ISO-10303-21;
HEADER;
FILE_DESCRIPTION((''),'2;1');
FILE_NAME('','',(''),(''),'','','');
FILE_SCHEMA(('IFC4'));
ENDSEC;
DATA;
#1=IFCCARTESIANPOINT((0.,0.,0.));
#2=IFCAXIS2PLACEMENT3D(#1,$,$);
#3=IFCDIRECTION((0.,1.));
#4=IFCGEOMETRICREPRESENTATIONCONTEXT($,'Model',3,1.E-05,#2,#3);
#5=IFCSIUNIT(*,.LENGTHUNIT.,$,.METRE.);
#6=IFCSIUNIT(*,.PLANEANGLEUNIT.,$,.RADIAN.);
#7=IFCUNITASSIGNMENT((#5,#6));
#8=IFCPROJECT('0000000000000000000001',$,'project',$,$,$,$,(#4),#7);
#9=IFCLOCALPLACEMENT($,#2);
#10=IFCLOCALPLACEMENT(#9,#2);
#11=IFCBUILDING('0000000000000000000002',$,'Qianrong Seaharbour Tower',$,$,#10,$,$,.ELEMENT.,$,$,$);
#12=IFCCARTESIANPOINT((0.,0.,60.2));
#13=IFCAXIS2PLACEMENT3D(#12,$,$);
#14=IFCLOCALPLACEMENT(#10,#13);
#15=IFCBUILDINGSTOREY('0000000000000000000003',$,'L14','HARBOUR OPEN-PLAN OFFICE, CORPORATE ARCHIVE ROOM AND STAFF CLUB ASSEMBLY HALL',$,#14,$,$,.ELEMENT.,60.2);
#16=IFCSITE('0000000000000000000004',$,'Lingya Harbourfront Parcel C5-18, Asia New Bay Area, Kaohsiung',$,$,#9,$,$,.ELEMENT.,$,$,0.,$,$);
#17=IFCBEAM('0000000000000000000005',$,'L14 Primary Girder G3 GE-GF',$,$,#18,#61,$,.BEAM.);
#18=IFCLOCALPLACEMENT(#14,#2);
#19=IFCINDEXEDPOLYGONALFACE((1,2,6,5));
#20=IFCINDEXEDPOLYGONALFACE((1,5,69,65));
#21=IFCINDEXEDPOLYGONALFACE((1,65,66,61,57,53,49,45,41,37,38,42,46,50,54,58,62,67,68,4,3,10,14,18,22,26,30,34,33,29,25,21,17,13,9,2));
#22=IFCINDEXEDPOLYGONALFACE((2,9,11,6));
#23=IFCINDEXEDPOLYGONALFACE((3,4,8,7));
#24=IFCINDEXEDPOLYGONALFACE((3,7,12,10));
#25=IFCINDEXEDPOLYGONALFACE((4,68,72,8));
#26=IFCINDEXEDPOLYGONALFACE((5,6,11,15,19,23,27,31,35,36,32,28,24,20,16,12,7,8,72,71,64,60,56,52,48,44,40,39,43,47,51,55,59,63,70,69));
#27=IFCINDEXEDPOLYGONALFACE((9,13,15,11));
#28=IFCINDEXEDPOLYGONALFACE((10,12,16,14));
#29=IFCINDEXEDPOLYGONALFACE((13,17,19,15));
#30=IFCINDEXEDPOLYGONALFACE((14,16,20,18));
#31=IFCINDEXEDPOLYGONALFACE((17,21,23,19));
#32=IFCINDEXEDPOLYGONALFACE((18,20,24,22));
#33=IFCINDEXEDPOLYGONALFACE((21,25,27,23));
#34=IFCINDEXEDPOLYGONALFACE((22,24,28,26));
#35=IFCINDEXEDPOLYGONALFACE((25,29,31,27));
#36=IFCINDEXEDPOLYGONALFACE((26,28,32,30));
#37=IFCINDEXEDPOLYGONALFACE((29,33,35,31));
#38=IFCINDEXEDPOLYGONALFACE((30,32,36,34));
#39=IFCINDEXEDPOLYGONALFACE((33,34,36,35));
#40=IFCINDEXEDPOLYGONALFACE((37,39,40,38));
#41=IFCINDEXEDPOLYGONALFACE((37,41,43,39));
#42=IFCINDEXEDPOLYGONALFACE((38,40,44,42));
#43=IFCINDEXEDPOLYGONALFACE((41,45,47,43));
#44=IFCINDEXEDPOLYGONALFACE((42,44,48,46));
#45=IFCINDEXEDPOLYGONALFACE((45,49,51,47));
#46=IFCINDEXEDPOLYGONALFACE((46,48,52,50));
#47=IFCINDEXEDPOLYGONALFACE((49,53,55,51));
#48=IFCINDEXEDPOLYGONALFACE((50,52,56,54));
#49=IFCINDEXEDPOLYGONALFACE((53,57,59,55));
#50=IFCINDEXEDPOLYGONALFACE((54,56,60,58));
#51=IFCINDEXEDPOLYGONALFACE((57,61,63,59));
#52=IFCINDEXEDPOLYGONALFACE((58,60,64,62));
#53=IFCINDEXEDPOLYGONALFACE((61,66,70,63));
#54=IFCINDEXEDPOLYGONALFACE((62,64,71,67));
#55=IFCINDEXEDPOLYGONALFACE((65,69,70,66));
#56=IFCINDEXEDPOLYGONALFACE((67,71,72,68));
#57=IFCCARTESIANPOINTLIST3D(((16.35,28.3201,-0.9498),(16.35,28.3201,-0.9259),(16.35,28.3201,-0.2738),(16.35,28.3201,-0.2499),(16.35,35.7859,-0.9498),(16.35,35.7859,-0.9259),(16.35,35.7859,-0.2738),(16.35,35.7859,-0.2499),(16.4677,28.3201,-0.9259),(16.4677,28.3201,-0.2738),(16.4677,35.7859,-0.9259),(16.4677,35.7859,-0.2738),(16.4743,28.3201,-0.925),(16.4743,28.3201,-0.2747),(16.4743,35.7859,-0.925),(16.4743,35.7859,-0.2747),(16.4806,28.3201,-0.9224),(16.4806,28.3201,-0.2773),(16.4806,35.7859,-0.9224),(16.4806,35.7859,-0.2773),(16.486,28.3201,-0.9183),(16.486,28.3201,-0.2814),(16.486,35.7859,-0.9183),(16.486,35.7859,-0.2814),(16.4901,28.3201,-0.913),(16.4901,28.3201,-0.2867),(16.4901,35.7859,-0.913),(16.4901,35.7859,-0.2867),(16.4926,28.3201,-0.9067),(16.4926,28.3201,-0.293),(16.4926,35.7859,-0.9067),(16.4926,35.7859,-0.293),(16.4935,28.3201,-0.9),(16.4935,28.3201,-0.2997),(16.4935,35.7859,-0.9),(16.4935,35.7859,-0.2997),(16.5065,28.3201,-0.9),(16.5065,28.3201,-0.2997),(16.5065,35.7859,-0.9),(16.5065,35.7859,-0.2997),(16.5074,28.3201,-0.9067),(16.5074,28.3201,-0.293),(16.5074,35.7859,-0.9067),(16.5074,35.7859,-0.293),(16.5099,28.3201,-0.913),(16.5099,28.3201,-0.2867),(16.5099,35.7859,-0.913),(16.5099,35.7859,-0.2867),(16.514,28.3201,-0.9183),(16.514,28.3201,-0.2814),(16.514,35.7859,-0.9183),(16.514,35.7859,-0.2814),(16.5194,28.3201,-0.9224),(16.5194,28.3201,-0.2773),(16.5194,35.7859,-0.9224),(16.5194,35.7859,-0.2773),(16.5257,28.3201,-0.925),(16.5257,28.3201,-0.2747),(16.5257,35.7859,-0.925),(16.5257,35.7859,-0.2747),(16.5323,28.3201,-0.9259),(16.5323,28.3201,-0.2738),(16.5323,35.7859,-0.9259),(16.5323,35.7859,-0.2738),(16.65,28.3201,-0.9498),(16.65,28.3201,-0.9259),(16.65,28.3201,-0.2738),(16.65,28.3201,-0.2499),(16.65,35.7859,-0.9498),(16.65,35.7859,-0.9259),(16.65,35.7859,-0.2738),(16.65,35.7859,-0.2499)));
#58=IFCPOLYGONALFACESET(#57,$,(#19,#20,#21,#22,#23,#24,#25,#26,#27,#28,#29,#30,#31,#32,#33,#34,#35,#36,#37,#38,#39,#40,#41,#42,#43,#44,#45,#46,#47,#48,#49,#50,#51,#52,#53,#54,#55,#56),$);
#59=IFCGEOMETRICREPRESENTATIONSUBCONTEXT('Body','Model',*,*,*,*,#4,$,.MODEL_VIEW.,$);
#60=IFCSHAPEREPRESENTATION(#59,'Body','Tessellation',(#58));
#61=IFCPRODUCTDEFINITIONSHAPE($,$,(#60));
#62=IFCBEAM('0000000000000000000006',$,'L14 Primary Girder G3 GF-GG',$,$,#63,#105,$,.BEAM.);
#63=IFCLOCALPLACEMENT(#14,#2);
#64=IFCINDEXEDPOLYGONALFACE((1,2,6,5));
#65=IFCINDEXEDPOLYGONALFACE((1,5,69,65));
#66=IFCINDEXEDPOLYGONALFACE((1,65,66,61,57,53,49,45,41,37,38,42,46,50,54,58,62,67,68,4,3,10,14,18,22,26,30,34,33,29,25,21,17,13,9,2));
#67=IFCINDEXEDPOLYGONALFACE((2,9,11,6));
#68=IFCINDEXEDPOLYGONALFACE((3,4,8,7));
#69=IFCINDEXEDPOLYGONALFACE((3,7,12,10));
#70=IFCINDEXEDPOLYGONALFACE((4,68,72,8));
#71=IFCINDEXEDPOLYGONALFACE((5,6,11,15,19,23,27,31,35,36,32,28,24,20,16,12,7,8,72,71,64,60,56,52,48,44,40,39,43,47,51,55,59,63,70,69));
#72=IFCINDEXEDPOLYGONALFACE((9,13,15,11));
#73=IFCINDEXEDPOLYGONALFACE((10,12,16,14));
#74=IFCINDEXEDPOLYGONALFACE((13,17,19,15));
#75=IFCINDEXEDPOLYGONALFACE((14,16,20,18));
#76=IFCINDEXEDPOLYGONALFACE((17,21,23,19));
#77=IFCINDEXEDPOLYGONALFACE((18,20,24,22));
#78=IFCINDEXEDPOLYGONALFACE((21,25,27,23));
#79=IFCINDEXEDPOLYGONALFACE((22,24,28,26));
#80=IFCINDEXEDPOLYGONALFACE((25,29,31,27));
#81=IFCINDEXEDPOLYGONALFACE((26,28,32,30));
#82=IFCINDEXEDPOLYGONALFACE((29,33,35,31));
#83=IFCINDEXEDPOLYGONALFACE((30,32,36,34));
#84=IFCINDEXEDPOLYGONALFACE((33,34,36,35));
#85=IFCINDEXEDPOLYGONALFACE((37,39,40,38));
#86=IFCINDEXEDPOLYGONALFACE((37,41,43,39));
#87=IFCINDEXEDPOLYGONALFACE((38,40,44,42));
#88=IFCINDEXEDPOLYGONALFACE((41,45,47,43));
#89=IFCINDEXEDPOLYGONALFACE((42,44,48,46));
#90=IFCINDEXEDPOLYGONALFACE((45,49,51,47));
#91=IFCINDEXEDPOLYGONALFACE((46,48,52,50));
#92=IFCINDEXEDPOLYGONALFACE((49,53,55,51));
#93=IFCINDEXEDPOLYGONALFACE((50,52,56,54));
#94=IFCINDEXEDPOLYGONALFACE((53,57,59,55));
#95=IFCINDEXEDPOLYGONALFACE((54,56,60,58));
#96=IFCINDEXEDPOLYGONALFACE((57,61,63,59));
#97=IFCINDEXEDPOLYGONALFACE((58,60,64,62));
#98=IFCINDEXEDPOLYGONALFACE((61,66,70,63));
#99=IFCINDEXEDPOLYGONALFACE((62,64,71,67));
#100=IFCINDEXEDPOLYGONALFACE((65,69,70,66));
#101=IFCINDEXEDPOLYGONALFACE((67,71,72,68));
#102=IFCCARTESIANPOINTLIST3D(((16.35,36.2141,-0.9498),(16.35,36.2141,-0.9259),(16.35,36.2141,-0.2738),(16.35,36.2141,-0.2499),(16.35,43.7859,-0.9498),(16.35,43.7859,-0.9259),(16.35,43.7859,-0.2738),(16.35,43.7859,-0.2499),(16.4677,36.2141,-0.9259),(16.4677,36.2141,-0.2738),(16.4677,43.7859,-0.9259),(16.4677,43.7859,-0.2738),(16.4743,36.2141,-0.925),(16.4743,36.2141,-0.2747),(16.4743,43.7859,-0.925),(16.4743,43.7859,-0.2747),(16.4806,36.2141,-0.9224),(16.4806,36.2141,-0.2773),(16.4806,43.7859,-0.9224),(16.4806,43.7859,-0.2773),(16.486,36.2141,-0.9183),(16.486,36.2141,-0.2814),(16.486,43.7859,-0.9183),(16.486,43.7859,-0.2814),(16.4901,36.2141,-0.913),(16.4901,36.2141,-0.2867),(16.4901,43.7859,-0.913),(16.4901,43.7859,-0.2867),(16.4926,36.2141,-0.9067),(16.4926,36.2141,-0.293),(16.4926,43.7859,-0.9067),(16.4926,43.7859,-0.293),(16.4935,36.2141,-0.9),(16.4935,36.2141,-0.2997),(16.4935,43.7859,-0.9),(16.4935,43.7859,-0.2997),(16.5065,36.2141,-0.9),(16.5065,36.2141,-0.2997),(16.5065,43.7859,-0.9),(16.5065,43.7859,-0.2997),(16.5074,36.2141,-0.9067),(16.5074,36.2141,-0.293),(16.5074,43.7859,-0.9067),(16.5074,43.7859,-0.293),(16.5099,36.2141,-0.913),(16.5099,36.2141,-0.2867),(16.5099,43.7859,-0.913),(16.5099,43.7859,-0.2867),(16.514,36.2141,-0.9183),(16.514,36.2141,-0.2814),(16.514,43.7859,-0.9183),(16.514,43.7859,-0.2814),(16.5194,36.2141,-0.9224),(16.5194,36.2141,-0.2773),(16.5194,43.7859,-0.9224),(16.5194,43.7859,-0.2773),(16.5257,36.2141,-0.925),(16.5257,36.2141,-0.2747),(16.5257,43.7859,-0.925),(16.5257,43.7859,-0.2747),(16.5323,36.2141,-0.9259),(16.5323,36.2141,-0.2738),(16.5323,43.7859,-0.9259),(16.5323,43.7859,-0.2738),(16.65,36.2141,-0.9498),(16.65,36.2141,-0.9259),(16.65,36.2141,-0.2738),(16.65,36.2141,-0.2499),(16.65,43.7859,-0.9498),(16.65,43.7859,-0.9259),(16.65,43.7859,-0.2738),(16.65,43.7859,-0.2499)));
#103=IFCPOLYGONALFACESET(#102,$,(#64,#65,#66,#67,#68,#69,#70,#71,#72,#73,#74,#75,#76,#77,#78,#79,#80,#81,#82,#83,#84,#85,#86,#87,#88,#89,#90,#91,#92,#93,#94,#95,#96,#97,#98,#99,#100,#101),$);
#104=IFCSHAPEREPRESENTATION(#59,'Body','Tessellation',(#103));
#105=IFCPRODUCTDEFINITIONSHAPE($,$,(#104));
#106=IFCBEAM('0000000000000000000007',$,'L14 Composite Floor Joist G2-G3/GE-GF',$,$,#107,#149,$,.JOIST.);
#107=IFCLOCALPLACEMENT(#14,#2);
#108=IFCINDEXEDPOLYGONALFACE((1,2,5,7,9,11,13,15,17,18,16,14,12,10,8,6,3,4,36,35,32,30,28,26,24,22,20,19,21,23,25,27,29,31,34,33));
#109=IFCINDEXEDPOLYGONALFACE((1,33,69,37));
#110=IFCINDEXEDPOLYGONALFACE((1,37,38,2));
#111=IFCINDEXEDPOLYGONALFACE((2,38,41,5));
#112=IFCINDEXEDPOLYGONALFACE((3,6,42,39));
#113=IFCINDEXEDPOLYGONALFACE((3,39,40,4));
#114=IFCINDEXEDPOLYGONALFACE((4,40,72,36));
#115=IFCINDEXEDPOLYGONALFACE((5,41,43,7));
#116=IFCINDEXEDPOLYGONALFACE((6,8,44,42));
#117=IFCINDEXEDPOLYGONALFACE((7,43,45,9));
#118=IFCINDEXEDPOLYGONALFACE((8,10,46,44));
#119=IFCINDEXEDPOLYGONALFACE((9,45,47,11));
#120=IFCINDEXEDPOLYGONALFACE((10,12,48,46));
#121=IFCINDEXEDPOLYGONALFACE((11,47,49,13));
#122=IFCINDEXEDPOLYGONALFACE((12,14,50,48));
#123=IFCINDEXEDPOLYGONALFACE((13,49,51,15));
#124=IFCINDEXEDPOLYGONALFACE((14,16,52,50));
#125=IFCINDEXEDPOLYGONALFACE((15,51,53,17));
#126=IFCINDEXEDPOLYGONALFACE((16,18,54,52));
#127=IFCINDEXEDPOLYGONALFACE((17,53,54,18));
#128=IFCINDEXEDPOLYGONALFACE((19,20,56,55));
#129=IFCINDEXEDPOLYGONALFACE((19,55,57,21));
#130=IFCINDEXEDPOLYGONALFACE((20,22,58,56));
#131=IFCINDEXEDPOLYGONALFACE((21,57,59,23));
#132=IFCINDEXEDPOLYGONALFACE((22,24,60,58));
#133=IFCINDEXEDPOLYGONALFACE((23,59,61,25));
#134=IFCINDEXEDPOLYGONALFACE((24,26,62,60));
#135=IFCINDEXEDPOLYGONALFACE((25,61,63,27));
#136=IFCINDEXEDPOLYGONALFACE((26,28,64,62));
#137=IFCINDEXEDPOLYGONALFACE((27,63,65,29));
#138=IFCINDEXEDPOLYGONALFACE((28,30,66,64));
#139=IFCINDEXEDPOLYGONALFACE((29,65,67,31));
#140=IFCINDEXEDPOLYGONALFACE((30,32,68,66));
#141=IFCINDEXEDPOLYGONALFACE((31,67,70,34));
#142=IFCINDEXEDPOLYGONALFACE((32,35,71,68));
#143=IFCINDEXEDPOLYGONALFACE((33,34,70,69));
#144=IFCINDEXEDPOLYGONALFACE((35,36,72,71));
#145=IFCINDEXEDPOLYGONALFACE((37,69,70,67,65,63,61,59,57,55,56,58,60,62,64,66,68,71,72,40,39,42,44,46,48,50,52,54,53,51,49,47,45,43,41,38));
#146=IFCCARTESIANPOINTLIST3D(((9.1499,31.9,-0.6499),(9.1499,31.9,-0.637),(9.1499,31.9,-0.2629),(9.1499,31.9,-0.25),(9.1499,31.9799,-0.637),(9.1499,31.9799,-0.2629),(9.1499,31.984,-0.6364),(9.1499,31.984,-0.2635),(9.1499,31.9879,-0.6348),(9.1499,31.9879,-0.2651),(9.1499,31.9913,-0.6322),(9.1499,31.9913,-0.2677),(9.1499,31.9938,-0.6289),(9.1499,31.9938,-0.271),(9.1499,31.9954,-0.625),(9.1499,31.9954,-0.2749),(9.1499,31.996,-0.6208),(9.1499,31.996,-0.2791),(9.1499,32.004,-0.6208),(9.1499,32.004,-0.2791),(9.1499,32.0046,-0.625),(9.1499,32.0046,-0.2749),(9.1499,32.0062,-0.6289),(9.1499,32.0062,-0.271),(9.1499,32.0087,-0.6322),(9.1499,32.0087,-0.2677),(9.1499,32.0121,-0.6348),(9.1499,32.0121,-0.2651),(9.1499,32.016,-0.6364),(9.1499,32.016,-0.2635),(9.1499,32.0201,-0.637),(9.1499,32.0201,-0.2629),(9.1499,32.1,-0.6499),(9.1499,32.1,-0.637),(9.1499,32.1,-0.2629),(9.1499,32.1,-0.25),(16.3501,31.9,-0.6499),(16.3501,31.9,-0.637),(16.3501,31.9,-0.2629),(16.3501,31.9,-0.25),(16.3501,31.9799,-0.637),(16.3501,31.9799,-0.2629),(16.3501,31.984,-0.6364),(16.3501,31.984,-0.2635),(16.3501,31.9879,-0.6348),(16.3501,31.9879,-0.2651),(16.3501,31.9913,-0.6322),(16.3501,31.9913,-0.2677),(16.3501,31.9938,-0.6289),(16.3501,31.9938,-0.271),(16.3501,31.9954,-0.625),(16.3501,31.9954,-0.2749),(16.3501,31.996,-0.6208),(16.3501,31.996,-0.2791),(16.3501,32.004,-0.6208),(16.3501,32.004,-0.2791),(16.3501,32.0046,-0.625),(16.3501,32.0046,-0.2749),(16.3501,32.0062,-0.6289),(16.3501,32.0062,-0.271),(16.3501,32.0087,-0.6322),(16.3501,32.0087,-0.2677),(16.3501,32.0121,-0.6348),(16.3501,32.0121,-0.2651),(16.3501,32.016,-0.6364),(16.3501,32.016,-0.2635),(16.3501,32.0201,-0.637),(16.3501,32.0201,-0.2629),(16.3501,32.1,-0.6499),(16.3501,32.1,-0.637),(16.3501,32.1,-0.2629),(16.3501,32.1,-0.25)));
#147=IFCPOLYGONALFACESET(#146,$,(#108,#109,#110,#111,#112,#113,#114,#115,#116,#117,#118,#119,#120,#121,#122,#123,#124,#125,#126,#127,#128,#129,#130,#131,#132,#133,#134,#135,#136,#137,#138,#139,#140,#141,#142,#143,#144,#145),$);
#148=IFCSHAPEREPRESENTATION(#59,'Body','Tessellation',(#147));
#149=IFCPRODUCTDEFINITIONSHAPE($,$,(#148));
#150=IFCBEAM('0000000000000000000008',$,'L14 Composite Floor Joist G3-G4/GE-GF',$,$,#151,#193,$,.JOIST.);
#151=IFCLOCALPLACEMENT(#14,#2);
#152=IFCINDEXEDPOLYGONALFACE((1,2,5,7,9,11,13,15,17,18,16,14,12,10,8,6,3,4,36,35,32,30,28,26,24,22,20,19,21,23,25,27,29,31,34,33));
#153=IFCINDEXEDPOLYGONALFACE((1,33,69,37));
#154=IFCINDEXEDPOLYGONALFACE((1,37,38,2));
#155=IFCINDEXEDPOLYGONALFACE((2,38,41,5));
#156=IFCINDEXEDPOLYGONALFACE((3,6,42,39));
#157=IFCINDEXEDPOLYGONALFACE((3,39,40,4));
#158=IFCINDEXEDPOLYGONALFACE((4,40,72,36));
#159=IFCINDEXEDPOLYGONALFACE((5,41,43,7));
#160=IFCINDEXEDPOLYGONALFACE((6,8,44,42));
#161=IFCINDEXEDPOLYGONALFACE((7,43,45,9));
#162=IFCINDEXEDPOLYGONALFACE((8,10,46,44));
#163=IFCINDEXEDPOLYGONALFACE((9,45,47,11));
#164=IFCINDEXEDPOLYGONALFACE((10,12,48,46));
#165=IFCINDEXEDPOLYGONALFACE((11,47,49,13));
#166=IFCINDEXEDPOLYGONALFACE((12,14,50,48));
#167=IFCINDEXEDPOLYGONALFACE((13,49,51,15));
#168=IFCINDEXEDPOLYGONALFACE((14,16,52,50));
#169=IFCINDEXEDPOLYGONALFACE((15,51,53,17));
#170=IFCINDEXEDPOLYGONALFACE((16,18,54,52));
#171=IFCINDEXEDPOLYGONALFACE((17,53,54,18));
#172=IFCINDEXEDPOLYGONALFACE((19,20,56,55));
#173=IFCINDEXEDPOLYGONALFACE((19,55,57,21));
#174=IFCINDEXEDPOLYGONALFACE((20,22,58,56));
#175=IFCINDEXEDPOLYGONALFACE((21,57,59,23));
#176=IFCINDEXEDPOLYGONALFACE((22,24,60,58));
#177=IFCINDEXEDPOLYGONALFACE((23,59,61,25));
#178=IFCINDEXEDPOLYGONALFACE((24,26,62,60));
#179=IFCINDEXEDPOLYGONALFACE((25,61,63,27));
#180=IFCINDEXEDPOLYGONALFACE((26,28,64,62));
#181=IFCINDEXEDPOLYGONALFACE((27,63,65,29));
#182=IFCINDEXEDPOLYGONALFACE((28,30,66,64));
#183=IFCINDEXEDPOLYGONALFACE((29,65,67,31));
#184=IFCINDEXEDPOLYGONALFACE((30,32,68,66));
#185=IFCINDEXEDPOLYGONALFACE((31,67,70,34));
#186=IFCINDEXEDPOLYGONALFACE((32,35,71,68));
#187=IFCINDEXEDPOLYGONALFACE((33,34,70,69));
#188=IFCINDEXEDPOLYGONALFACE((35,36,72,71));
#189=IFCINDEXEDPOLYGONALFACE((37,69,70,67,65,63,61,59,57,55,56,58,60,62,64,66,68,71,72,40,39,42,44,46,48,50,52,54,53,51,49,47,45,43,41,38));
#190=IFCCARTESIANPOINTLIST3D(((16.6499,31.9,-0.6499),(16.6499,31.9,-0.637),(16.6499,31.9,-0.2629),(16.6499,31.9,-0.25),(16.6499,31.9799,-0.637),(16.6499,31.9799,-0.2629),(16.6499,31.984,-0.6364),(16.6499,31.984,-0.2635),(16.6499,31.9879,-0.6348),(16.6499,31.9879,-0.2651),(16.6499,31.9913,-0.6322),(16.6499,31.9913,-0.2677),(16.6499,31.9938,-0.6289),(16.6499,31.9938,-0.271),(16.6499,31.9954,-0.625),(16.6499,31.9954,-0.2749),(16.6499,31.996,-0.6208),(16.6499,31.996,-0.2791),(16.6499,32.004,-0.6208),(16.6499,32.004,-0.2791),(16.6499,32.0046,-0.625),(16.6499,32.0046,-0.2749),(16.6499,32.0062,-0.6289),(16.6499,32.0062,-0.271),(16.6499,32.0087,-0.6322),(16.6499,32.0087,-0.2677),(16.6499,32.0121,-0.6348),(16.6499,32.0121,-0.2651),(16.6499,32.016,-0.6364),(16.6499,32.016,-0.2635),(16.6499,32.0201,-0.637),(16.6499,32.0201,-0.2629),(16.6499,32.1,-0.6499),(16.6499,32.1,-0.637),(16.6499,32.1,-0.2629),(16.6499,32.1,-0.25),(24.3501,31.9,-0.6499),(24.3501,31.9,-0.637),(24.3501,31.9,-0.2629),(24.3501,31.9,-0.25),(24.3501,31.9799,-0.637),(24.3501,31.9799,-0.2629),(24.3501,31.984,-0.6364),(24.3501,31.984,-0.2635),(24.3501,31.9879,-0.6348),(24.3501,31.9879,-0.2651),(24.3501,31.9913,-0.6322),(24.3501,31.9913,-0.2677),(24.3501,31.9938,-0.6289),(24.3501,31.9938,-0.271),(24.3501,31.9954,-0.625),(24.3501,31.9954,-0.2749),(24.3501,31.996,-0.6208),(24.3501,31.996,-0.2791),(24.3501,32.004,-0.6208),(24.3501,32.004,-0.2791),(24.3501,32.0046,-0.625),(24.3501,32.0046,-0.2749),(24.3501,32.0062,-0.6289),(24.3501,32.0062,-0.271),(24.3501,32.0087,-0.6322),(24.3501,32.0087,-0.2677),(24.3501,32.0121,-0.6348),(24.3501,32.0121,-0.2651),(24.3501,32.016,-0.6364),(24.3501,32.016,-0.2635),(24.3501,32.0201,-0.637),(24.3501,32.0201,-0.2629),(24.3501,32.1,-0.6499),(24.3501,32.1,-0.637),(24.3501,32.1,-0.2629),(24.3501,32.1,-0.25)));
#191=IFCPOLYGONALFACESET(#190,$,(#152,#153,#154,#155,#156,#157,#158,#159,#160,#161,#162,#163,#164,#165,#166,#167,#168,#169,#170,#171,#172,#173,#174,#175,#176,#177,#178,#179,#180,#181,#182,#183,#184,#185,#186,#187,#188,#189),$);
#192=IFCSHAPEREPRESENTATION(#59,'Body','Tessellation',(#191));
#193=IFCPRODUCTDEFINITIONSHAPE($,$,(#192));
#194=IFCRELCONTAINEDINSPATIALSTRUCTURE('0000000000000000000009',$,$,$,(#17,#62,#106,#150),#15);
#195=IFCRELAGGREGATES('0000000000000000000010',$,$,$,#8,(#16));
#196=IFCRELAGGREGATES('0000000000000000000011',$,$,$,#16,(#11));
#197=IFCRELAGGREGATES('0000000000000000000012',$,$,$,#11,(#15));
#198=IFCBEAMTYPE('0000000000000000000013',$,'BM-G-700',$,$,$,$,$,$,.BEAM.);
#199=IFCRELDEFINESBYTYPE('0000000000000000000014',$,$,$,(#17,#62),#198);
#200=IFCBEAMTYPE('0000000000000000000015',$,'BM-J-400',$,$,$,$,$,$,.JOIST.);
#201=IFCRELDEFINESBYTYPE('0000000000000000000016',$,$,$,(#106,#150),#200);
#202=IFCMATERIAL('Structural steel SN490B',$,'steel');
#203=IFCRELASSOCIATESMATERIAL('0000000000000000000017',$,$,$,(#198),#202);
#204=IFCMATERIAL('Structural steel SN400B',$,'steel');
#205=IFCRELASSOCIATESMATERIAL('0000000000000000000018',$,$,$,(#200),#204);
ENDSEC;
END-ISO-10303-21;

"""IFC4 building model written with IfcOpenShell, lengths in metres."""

from ifc_helpers import new_model, si_unit, direction, frame, origin, origin_2d, place, context, subcontext, project, spatial, i_section, extrude, material, material_profile, profile_set, type_object, element, save


model = new_model("IFC4")

# Units and contexts
model_context = context("Model", 3, precision=1e-05, world=origin(), true_north=direction((0.0, 1.0)))
body_context = subcontext(model_context, "Body", "Model", "MODEL_VIEW")
ifc_project = project(units=[si_unit("LENGTHUNIT", "METRE"), si_unit("PLANEANGLEUNIT", "RADIAN")], contexts=[model_context])

# Site, building, storey
site_placement = place(None, origin())
site = spatial("IfcSite", under=ifc_project, at=site_placement, Name="Lingya Harbourfront Parcel C5-18, Asia New Bay Area, Kaohsiung", CompositionType="ELEMENT", RefElevation=0.0)
building_placement = place(site_placement, origin())
building = spatial("IfcBuilding", under=site, at=building_placement, Name="Qianrong Seaharbour Tower", CompositionType="ELEMENT")
storey_placement = place(building_placement, frame((0.0, 0.0, 60.2)))
storey = spatial("IfcBuildingStorey", under=building, at=storey_placement, Name="L14", Description="HARBOUR OPEN-PLAN OFFICE, CORPORATE ARCHIVE ROOM AND STAFF CLUB ASSEMBLY HALL", CompositionType="ELEMENT", Elevation=60.2)

# Shared definitions
ifc_material_1 = material(Name="Structural steel SN490B", Category="steel")

# Beams
ifc_material_profile_1 = material_profile(ifc_material_1, i_section(OverallWidth=0.3, OverallDepth=0.7, WebThickness=0.0129, FlangeThickness=0.0239, FilletRadius=0.0259, at=origin_2d()), Name="H700x300x13x24")
ifc_profile_set_1 = profile_set([ifc_material_profile_1], Name="Structural steel SN490B")
beam_type_1 = type_object("IfcBeamType", Name="BM-G-700", PredefinedType="BEAM", material=ifc_profile_set_1)
beam_1_placement = place(storey_placement, frame((16.5, 28.3201, -0.5999), z_axis=(0.0, 1.0, 0.0), x_axis=(-1.0, 0.0, 0.0)))
element("IfcBeam", 1, at=beam_1_placement, inside=storey, type_object=beam_type_1, Name="L14 Primary Girder G3 GE-GF", PredefinedType="BEAM", context=body_context, shape_type="SweptSolid", body=[
    extrude(i_section(OverallWidth=0.3, OverallDepth=0.7, WebThickness=0.0129, FlangeThickness=0.0239, FilletRadius=0.0259, at=origin_2d()), origin(), (0.0, 0.0, 1.0), 7.4658),
])
beam_2_placement = place(storey_placement, frame((16.5, 36.2141, -0.5999), z_axis=(0.0, 1.0, 0.0), x_axis=(-1.0, 0.0, 0.0)))
element("IfcBeam", 2, at=beam_2_placement, inside=storey, type_object=beam_type_1, Name="L14 Primary Girder G3 GF-GG", PredefinedType="BEAM", context=body_context, shape_type="SweptSolid", body=[
    extrude(i_section(OverallWidth=0.3, OverallDepth=0.7, WebThickness=0.0129, FlangeThickness=0.0239, FilletRadius=0.0259, at=origin_2d()), origin(), (0.0, 0.0, 1.0), 7.5718),
])
ifc_material_2 = material(Name="Structural steel SN400B", Category="steel")
ifc_material_profile_2 = material_profile(ifc_material_2, i_section(OverallWidth=0.2, OverallDepth=0.3999, WebThickness=0.0081, FlangeThickness=0.0129, FilletRadius=0.0161, at=origin_2d()), Name="H400x200x8x13")
ifc_profile_set_2 = profile_set([ifc_material_profile_2], Name="Structural steel SN400B")
beam_type_2 = type_object("IfcBeamType", Name="BM-J-400", PredefinedType="JOIST", material=ifc_profile_set_2)
beam_3_placement = place(storey_placement, frame((9.1499, 32.0, -0.45), z_axis=(1.0, 0.0, 0.0), x_axis=(0.0, 1.0, 0.0)))
element("IfcBeam", 3, at=beam_3_placement, inside=storey, type_object=beam_type_2, Name="L14 Composite Floor Joist G2-G3/GE-GF", PredefinedType="JOIST", context=body_context, shape_type="SweptSolid", body=[
    extrude(i_section(OverallWidth=0.2, OverallDepth=0.3999, WebThickness=0.0081, FlangeThickness=0.0129, FilletRadius=0.0161, at=origin_2d()), origin(), (0.0, 0.0, 1.0), 7.2002),
])
beam_4_placement = place(storey_placement, frame((16.6499, 32.0, -0.45), z_axis=(1.0, 0.0, 0.0), x_axis=(0.0, 1.0, 0.0)))
element("IfcBeam", 4, at=beam_4_placement, inside=storey, type_object=beam_type_2, Name="L14 Composite Floor Joist G3-G4/GE-GF", PredefinedType="JOIST", context=body_context, shape_type="SweptSolid", body=[
    extrude(i_section(OverallWidth=0.2, OverallDepth=0.3999, WebThickness=0.0081, FlangeThickness=0.0129, FilletRadius=0.0161, at=origin_2d()), origin(), (0.0, 0.0, 1.0), 7.7002),
])

save(model, "model.ifc")
